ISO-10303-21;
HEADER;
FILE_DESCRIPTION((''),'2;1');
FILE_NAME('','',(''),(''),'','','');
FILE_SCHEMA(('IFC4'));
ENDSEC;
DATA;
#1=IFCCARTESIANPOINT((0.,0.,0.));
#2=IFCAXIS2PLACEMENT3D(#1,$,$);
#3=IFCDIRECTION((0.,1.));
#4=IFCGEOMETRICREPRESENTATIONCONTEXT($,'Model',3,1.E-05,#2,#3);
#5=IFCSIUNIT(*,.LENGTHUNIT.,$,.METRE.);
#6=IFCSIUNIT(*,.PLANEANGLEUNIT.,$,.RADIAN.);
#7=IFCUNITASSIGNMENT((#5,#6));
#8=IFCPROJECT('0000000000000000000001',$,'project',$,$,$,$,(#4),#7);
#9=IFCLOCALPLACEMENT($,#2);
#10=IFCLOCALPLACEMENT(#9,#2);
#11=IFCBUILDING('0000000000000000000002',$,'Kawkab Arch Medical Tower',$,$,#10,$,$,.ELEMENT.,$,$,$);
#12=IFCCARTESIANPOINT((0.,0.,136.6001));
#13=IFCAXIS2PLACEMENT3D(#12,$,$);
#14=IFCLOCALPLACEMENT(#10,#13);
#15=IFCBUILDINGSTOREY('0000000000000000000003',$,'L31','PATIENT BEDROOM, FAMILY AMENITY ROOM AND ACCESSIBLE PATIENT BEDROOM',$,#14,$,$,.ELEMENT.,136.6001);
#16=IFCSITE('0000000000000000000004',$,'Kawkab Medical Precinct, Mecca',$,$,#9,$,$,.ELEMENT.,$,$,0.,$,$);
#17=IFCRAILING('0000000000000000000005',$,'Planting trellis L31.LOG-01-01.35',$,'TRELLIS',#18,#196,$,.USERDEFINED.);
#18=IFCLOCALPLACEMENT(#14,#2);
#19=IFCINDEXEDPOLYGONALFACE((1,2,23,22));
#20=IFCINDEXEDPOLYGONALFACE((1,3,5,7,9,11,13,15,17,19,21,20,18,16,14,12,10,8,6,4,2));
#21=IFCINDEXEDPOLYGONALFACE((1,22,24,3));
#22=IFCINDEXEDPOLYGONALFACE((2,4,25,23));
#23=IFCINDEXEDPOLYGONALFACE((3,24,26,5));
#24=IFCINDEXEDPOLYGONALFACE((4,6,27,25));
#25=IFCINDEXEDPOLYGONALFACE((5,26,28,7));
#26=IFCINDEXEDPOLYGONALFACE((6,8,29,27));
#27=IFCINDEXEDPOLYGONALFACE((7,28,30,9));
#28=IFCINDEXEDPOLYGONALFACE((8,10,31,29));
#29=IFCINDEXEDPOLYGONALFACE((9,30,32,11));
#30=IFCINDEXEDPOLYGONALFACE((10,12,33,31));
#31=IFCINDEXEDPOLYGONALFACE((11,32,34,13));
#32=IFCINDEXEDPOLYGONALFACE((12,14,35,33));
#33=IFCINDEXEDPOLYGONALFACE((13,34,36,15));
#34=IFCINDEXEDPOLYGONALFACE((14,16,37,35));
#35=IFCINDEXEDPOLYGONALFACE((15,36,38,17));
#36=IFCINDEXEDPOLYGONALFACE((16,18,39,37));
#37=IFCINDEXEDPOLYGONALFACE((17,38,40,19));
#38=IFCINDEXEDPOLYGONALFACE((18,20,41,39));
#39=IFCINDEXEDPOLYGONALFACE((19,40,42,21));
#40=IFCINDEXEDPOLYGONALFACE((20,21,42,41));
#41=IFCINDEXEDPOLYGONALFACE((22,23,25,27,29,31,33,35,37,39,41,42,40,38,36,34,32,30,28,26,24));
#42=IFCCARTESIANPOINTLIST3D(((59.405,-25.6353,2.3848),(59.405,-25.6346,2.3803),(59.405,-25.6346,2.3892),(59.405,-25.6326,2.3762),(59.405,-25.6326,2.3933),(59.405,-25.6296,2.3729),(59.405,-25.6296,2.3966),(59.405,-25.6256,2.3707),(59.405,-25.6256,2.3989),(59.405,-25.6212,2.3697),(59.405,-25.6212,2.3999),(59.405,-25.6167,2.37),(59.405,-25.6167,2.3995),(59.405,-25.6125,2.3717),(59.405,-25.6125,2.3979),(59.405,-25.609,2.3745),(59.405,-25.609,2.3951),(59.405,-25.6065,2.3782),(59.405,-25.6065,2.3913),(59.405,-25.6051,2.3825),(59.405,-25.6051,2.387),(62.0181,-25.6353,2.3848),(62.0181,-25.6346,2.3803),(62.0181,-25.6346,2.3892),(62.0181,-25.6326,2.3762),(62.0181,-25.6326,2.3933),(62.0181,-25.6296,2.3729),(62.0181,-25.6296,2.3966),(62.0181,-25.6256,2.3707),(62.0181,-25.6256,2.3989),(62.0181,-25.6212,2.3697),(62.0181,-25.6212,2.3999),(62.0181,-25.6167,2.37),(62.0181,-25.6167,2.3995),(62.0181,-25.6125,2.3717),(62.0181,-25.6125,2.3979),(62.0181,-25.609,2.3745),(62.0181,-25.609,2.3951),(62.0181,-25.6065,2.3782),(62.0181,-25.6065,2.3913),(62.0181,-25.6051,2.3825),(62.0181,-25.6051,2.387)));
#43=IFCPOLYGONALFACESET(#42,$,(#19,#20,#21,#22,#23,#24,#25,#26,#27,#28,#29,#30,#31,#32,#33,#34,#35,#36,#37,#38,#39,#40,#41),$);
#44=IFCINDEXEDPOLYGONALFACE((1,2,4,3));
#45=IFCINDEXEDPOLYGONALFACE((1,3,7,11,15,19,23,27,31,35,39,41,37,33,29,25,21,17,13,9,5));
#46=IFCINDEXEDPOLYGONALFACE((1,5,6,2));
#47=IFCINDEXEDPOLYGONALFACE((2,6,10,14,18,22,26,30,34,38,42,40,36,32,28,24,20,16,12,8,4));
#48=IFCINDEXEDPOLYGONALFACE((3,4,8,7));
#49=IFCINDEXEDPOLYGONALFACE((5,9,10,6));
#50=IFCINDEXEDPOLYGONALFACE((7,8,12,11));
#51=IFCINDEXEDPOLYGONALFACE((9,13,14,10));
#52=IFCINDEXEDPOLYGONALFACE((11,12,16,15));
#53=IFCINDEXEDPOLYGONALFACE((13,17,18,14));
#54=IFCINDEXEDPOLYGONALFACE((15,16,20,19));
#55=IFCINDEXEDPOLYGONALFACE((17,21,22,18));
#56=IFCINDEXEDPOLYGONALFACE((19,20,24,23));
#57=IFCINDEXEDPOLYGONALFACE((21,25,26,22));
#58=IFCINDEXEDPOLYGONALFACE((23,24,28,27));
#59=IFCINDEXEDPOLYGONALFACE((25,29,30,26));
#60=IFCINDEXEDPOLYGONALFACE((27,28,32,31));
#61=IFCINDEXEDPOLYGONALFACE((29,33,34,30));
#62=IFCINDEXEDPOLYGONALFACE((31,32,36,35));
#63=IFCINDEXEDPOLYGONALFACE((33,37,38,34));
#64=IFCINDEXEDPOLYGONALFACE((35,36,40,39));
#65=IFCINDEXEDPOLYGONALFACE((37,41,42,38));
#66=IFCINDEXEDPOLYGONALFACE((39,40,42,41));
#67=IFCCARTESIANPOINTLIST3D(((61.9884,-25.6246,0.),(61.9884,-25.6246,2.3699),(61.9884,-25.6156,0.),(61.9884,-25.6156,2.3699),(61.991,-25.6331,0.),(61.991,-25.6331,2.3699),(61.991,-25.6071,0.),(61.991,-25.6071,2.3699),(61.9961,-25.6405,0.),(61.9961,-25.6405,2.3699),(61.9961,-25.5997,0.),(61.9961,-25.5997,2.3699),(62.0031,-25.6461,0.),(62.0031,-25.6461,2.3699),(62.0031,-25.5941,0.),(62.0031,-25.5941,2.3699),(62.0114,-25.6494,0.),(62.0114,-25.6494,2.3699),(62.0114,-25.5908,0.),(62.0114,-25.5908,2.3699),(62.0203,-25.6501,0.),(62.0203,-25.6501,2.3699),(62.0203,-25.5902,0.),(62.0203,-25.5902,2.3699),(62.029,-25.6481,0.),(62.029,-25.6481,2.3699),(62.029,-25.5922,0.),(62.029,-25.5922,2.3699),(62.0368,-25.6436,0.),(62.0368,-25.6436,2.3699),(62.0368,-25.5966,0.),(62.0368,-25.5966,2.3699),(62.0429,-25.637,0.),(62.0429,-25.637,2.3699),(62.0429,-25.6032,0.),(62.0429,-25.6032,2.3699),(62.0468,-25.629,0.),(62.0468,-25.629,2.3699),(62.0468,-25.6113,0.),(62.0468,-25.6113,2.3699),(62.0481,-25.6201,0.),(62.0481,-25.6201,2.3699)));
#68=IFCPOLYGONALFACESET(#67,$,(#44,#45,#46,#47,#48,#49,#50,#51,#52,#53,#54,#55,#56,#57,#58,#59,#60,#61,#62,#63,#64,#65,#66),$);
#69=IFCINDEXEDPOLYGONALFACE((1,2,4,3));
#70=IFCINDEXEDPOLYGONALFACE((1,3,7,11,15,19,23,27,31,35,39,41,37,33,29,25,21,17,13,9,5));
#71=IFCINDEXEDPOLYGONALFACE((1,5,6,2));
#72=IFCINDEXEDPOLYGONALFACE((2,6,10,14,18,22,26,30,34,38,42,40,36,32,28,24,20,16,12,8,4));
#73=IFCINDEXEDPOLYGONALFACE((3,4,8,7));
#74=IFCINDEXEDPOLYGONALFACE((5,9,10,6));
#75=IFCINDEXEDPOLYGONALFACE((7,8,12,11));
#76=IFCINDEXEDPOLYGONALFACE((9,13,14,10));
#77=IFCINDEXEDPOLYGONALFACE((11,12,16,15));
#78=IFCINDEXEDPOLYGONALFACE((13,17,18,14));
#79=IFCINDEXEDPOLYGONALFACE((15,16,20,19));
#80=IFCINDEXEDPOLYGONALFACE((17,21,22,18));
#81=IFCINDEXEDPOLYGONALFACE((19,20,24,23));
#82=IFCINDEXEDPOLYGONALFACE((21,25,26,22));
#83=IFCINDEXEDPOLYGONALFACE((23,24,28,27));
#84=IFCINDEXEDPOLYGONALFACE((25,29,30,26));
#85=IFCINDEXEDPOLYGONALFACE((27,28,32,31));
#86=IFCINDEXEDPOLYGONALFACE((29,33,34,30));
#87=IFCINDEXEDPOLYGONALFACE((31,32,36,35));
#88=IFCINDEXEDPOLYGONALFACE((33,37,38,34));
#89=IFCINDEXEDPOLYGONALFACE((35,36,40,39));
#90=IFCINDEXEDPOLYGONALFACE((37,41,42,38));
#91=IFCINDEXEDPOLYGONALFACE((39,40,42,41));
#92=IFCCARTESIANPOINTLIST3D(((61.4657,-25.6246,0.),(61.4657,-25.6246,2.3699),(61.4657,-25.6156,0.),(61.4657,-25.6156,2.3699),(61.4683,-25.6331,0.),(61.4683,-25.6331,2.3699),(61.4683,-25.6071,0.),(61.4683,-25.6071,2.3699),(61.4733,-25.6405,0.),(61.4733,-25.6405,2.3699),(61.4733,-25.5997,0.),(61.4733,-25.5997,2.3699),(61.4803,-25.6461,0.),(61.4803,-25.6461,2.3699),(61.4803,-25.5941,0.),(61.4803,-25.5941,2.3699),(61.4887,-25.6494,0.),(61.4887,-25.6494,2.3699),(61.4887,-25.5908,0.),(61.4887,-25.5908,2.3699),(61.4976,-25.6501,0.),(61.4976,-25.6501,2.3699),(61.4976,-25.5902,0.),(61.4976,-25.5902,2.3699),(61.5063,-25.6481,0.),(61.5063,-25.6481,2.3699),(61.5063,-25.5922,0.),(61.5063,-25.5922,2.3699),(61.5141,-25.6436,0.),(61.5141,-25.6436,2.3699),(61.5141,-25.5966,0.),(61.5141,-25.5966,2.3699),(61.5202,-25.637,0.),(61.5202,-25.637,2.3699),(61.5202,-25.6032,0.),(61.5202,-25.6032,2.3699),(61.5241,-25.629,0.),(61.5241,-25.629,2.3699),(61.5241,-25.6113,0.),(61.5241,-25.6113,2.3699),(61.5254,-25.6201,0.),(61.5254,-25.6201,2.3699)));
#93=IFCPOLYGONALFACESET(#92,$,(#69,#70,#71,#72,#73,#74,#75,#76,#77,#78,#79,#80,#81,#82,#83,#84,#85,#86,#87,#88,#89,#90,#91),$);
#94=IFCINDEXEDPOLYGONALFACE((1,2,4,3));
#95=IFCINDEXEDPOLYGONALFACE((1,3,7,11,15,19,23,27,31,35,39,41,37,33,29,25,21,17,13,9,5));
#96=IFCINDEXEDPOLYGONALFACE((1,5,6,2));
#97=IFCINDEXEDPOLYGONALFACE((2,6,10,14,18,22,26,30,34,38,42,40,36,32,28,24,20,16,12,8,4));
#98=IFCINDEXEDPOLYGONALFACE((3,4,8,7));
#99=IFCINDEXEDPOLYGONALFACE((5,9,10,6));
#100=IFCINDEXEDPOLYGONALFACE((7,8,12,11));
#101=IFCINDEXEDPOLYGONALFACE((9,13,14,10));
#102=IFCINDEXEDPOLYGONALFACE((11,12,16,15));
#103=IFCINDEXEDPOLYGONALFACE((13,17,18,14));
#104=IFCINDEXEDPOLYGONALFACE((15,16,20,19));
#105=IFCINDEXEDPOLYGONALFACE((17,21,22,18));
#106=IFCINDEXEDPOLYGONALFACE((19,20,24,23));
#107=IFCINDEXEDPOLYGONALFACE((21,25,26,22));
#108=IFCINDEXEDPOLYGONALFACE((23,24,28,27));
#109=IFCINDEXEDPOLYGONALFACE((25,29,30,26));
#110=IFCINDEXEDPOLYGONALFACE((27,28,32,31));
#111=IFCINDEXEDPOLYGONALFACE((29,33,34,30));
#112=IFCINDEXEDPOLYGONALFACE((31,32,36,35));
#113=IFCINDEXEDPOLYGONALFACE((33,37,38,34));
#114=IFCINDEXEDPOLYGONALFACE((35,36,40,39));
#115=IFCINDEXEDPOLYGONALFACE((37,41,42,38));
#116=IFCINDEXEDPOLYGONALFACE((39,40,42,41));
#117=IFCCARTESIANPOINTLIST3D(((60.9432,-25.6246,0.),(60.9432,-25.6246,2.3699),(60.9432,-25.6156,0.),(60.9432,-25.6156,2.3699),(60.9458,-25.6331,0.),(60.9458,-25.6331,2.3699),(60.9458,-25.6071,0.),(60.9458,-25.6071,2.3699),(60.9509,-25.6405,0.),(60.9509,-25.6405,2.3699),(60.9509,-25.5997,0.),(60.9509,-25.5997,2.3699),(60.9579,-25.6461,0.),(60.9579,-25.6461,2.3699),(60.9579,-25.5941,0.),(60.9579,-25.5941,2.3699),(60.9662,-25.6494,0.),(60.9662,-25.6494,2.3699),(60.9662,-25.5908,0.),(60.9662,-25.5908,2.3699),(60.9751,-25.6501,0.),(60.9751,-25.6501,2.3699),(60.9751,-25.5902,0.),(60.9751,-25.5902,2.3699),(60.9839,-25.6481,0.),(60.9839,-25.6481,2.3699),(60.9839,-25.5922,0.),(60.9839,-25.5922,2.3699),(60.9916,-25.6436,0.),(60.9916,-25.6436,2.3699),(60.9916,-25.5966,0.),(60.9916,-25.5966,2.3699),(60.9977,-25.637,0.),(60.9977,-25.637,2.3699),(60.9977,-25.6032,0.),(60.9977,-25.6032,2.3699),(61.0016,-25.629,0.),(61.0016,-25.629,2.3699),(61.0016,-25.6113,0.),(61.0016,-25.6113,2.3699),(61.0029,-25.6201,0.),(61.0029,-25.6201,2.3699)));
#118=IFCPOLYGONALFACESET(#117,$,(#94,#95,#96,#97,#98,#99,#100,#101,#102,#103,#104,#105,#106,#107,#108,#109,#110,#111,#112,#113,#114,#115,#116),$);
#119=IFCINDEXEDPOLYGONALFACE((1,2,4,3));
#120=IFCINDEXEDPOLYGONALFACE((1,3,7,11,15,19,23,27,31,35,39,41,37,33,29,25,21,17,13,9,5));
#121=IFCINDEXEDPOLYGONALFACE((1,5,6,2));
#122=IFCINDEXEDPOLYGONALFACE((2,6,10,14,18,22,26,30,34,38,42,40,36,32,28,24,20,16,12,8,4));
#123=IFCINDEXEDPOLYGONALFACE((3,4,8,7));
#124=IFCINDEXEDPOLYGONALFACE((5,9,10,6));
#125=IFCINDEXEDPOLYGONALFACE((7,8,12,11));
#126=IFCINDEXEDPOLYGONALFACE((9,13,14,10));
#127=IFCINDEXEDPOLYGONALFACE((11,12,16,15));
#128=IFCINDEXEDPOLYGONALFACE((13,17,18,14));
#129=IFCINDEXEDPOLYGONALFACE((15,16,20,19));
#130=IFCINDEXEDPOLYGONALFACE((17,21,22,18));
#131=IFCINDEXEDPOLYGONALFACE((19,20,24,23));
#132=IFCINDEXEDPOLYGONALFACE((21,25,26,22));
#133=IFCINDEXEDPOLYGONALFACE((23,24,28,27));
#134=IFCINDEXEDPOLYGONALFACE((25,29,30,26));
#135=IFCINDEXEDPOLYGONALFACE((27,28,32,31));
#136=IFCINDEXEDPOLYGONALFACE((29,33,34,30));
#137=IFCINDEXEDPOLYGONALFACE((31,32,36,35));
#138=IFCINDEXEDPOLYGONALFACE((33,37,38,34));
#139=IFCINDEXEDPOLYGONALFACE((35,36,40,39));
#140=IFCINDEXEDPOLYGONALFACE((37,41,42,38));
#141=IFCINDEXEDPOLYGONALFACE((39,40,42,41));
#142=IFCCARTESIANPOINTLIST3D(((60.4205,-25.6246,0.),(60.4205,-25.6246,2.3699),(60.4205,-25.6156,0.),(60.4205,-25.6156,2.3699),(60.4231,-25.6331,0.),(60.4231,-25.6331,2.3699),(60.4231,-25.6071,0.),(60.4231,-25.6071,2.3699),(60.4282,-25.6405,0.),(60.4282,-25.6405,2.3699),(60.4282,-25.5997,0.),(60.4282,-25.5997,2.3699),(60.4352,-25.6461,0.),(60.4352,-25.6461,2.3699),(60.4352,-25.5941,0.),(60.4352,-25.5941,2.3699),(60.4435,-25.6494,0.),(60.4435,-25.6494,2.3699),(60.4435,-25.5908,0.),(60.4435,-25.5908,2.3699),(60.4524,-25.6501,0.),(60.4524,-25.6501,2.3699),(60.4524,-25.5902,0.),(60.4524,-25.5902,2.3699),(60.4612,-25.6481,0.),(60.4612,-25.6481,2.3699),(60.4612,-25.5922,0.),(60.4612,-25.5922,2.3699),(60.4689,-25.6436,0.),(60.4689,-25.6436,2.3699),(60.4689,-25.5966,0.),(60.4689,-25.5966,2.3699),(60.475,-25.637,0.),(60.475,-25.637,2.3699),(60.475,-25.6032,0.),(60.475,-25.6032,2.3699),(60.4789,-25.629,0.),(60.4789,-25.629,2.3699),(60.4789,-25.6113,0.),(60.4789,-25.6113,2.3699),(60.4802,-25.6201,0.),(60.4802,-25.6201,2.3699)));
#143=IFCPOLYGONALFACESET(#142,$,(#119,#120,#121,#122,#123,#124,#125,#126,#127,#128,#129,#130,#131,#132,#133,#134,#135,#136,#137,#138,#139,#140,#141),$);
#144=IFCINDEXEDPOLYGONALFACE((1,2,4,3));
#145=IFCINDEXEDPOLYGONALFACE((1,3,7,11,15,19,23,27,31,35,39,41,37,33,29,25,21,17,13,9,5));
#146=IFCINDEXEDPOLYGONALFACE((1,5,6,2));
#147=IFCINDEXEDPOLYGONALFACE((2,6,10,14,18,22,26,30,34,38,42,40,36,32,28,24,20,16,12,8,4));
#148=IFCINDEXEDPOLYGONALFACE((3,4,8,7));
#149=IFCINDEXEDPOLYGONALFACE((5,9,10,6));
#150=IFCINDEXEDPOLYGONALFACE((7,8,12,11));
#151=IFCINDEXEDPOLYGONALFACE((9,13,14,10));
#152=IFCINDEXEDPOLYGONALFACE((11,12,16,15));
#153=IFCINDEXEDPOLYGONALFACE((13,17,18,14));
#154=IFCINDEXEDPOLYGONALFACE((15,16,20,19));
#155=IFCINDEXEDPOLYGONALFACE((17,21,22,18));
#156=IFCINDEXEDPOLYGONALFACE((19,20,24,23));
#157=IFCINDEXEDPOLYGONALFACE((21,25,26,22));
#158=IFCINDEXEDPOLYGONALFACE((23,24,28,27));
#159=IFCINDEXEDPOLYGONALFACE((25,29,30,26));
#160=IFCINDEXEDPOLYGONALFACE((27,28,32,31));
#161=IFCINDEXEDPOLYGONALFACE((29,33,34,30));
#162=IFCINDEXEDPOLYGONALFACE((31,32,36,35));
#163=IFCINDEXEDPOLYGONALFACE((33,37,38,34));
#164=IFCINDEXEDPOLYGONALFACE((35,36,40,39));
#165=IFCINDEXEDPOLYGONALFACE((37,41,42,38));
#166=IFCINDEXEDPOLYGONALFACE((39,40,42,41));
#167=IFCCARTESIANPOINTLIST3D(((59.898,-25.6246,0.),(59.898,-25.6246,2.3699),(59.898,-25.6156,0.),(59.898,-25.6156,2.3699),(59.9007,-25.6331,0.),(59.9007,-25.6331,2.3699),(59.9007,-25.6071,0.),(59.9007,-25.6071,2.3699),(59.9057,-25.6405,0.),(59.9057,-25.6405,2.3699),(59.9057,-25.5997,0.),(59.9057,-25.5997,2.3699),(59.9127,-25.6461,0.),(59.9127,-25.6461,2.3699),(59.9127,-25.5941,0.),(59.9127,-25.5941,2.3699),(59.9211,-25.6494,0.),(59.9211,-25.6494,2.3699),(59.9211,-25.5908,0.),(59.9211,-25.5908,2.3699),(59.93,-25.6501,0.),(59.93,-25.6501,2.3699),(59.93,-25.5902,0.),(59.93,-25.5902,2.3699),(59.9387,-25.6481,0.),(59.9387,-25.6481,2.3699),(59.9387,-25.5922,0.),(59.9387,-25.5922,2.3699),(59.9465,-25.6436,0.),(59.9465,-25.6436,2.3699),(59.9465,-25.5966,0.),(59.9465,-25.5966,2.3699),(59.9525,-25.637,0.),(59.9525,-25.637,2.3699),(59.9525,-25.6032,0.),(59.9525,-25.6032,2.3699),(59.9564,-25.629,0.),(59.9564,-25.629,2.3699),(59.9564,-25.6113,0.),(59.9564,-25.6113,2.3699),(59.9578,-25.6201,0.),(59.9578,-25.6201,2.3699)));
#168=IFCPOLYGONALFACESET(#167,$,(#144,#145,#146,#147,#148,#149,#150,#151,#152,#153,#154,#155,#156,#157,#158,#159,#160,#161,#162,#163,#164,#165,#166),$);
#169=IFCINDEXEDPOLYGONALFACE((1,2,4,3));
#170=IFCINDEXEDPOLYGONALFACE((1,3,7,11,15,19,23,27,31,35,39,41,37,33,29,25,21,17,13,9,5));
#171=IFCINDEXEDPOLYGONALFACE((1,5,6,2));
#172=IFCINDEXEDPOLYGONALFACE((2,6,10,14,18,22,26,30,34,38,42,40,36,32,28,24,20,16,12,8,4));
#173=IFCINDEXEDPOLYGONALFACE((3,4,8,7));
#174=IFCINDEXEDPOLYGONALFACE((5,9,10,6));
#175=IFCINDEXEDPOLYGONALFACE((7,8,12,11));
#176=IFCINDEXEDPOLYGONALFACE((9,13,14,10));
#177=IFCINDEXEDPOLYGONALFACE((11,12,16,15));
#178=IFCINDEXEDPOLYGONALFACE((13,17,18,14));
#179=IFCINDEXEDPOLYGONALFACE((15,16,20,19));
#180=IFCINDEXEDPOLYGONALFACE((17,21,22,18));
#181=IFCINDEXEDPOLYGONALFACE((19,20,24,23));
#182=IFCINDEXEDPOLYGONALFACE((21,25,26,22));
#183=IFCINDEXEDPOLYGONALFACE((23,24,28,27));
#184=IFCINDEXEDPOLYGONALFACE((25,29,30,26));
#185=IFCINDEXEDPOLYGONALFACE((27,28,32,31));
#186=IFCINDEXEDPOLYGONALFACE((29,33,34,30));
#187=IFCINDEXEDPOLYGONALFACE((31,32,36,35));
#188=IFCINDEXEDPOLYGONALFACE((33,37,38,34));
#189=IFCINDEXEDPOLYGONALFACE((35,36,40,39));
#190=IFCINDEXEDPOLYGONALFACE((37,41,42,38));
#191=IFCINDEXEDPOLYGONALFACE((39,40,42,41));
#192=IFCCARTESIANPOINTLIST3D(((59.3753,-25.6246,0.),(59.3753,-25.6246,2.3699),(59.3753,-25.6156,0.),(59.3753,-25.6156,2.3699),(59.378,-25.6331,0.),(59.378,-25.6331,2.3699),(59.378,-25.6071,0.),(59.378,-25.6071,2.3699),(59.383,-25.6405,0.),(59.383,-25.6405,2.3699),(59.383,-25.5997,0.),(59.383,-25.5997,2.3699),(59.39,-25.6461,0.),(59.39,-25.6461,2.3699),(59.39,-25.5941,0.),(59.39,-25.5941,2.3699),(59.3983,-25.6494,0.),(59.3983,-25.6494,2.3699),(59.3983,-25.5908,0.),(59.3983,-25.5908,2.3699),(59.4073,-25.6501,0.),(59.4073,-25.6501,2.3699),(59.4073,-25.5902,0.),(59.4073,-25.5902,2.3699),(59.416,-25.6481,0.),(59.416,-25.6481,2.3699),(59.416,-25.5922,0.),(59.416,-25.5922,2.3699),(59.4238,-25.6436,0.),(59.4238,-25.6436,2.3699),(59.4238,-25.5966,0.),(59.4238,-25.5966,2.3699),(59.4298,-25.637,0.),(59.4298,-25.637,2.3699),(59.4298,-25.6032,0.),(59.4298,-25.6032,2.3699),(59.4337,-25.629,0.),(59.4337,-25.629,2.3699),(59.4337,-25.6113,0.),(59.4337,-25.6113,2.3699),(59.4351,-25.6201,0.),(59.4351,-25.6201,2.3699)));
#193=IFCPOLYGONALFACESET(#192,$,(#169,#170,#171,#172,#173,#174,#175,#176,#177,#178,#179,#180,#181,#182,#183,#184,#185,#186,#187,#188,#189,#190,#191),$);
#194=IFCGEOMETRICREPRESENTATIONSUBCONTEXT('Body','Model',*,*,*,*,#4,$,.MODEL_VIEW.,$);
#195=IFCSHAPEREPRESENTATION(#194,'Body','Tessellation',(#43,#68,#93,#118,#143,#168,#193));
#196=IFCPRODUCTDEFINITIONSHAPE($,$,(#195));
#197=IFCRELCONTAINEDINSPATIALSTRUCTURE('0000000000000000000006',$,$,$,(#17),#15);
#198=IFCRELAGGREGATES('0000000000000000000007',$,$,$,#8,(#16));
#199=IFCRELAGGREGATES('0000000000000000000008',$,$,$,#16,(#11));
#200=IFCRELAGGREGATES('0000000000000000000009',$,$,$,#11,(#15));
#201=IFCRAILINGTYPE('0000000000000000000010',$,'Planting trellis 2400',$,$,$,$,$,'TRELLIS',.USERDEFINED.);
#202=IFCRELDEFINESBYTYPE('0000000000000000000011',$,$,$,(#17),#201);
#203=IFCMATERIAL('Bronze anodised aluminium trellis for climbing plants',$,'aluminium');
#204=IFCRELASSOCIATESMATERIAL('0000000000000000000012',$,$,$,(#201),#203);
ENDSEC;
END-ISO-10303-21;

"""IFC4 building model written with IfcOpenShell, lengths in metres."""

from ifc_helpers import new_model, si_unit, direction, frame, origin, origin_2d, place, context, subcontext, project, spatial, circle, extrude, material, type_object, element, save


model = new_model("IFC4")

# Units and contexts
model_context = context("Model", 3, precision=1e-05, world=origin(), true_north=direction((0.0, 1.0)))
body_context = subcontext(model_context, "Body", "Model", "MODEL_VIEW")
ifc_project = project(units=[si_unit("LENGTHUNIT", "METRE"), si_unit("PLANEANGLEUNIT", "RADIAN")], contexts=[model_context])

# Site, building, storey
site_placement = place(None, origin())
site = spatial("IfcSite", under=ifc_project, at=site_placement, Name="Kawkab Medical Precinct, Mecca", CompositionType="ELEMENT", RefElevation=0.0)
building_placement = place(site_placement, origin())
building = spatial("IfcBuilding", under=site, at=building_placement, Name="Kawkab Arch Medical Tower", CompositionType="ELEMENT")
storey_placement = place(building_placement, frame((0.0, 0.0, 136.6001)))
storey = spatial("IfcBuildingStorey", under=building, at=storey_placement, Name="L31", Description="PATIENT BEDROOM, FAMILY AMENITY ROOM AND ACCESSIBLE PATIENT BEDROOM", CompositionType="ELEMENT", Elevation=136.6001)

# Railing
ifc_material_1 = material(Name="Bronze anodised aluminium trellis for climbing plants", Category="aluminium")
railing_type = type_object("IfcRailingType", Name="Planting trellis 2400", ElementType="TRELLIS", PredefinedType="USERDEFINED", material=ifc_material_1)
railing_1_placement = place(storey_placement, frame((62.0181, -25.6201, 0.0)))
element("IfcRailing", 1, at=railing_1_placement, inside=storey, type_object=railing_type, Name="Planting trellis L31.LOG-01-01.35", ObjectType="TRELLIS", PredefinedType="USERDEFINED", context=body_context, shape_type="SweptSolid", body=[
    extrude(circle(Radius=0.0151, at=origin_2d()), frame((0.0, 0.0, 2.3848), z_axis=(-1.0, 0.0, 0.0), x_axis=(0.0, -1.0, 0.0)), (0.0, 0.0, 1.0), 2.613),
    extrude(circle(Radius=0.03, at=origin_2d()), origin(), (0.0, 0.0, 1.0), 2.3699),
    extrude(circle(Radius=0.03, at=origin_2d()), frame((-0.5227, 0.0, 0.0)), (0.0, 0.0, 1.0), 2.3699),
    extrude(circle(Radius=0.03, at=origin_2d()), frame((-1.0452, 0.0, 0.0)), (0.0, 0.0, 1.0), 2.3699),
    extrude(circle(Radius=0.03, at=origin_2d()), frame((-1.5679, 0.0, 0.0)), (0.0, 0.0, 1.0), 2.3699),
    extrude(circle(Radius=0.03, at=origin_2d()), frame((-2.0903, 0.0, 0.0)), (0.0, 0.0, 1.0), 2.3699),
    extrude(circle(Radius=0.03, at=origin_2d()), frame((-2.613, 0.0, 0.0)), (0.0, 0.0, 1.0), 2.3699),
])

save(model, "model.ifc")
